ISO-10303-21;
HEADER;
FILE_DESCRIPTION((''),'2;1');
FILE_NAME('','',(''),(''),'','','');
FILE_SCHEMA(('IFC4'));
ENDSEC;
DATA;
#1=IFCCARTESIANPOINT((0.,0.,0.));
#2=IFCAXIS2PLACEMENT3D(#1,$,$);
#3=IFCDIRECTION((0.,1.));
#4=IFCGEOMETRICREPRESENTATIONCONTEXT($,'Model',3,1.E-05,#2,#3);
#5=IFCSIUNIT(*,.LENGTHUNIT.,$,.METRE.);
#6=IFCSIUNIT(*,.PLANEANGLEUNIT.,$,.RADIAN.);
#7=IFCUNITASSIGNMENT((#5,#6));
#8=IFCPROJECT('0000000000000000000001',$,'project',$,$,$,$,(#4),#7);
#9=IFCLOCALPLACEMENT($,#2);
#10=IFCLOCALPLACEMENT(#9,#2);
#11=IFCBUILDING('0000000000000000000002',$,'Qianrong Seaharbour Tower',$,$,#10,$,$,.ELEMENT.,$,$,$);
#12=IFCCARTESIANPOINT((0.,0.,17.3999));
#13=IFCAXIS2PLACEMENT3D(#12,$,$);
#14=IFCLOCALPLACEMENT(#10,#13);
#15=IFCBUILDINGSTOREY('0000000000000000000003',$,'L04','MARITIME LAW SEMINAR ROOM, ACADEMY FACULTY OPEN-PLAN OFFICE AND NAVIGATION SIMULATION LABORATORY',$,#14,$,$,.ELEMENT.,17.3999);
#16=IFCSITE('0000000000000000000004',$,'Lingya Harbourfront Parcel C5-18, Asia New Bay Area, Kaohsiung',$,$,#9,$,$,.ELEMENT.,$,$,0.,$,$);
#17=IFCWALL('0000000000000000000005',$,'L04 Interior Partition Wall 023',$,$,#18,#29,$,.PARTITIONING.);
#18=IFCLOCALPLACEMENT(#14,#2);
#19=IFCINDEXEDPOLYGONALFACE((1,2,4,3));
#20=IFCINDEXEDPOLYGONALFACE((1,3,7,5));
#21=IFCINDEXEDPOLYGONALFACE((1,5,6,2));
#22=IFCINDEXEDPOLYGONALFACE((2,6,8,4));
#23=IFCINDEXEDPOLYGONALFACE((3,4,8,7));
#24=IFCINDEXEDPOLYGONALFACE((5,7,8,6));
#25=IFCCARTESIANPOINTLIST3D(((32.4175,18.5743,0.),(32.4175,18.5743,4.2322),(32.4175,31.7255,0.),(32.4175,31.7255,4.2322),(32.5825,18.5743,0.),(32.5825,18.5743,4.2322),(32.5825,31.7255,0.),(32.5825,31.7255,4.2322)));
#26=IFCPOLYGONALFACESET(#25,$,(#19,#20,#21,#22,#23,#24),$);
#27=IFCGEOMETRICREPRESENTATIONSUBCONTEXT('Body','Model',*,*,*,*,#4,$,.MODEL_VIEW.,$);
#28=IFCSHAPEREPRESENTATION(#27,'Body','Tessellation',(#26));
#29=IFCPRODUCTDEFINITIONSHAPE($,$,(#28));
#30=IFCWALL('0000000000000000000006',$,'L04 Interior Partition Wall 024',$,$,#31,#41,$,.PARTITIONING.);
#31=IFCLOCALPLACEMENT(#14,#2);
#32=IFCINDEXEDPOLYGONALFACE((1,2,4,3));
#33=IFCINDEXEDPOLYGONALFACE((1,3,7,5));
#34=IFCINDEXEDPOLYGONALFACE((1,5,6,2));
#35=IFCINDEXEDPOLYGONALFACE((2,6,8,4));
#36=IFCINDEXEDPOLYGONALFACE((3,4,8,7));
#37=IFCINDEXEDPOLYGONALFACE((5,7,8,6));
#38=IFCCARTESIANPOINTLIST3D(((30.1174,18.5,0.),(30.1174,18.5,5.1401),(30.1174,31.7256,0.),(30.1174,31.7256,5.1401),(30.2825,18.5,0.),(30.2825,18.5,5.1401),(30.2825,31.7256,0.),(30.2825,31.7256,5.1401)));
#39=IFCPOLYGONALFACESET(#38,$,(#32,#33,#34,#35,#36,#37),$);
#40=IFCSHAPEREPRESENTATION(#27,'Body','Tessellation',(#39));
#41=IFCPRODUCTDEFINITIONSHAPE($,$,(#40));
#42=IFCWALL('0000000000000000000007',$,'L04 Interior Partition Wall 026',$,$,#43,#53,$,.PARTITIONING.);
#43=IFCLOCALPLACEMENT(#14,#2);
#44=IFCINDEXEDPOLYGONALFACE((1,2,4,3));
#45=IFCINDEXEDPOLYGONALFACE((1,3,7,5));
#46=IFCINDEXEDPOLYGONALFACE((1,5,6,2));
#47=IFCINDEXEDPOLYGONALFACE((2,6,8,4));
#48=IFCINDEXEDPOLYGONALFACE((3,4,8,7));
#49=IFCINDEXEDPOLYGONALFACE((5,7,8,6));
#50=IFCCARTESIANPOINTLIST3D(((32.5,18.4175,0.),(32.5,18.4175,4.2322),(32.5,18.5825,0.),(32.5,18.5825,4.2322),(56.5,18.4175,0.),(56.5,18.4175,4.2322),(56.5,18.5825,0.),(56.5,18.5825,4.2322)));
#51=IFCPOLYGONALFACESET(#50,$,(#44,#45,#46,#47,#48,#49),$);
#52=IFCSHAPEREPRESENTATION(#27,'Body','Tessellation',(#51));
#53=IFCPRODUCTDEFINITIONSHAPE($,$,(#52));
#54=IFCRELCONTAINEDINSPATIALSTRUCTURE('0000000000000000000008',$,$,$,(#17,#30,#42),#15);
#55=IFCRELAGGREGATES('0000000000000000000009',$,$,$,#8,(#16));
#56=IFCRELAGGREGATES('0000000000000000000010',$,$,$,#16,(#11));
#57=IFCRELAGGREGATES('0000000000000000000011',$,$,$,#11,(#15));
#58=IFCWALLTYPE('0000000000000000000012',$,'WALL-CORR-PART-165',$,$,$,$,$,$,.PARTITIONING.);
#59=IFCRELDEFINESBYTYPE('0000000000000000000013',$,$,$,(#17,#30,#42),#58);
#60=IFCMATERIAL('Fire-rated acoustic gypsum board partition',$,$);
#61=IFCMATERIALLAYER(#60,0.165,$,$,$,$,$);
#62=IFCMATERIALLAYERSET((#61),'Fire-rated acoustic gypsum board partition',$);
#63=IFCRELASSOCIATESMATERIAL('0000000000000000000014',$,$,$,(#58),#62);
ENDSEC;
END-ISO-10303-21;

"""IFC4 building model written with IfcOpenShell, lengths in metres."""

from ifc_helpers import new_model, si_unit, direction, frame, frame_2d, origin, place, context, subcontext, project, spatial, rectangle, extrude, material, layer, layer_set, type_object, element, save


model = new_model("IFC4")

# Units and contexts
model_context = context("Model", 3, precision=1e-05, world=origin(), true_north=direction((0.0, 1.0)))
body_context = subcontext(model_context, "Body", "Model", "MODEL_VIEW")
ifc_project = project(units=[si_unit("LENGTHUNIT", "METRE"), si_unit("PLANEANGLEUNIT", "RADIAN")], contexts=[model_context])

# Site, building, storey
site_placement = place(None, origin())
site = spatial("IfcSite", under=ifc_project, at=site_placement, Name="Lingya Harbourfront Parcel C5-18, Asia New Bay Area, Kaohsiung", CompositionType="ELEMENT", RefElevation=0.0)
building_placement = place(site_placement, origin())
building = spatial("IfcBuilding", under=site, at=building_placement, Name="Qianrong Seaharbour Tower", CompositionType="ELEMENT")
storey_placement = place(building_placement, frame((0.0, 0.0, 17.3999)))
storey = spatial("IfcBuildingStorey", under=building, at=storey_placement, Name="L04", Description="MARITIME LAW SEMINAR ROOM, ACADEMY FACULTY OPEN-PLAN OFFICE AND NAVIGATION SIMULATION LABORATORY", CompositionType="ELEMENT", Elevation=17.3999)

# Shared definitions
ifc_material_1 = material(Name="Fire-rated acoustic gypsum board partition")
ifc_layer = layer(ifc_material_1, 0.165)
ifc_layer_set = layer_set([ifc_layer], Name="Fire-rated acoustic gypsum board partition")
wall_type = type_object("IfcWallType", Name="WALL-CORR-PART-165", PredefinedType="PARTITIONING", material=ifc_layer_set)

# Walls
wall_1_placement = place(storey_placement, frame((32.5, 31.7256, 0.0), z_axis=(0.0, 0.0, 1.0), x_axis=(0.0, -1.0, 0.0)))
element("IfcWall", 1, at=wall_1_placement, inside=storey, type_object=wall_type, Name="L04 Interior Partition Wall 023", PredefinedType="PARTITIONING", context=body_context, shape_type="SweptSolid", body=[
    extrude(rectangle(XDim=13.1511, YDim=0.165, at=frame_2d((6.5757, 0.0))), origin(), (0.0, 0.0, 1.0), 4.2322),
])
wall_2_placement = place(storey_placement, frame((30.2, 18.5, 0.0), z_axis=(0.0, 0.0, 1.0), x_axis=(0.0, 1.0, 0.0)))
element("IfcWall", 2, at=wall_2_placement, inside=storey, type_object=wall_type, Name="L04 Interior Partition Wall 024", PredefinedType="PARTITIONING", context=body_context, shape_type="SweptSolid", body=[
    extrude(rectangle(XDim=13.2256, YDim=0.165, at=frame_2d((6.6128, 0.0))), origin(), (0.0, 0.0, 1.0), 5.1401),
])
wall_3_placement = place(storey_placement, frame((32.5, 18.5, 0.0), z_axis=(0.0, 0.0, 1.0), x_axis=(1.0, 0.0, 0.0)))
element("IfcWall", 3, at=wall_3_placement, inside=storey, type_object=wall_type, Name="L04 Interior Partition Wall 026", PredefinedType="PARTITIONING", context=body_context, shape_type="SweptSolid", body=[
    extrude(rectangle(XDim=24.0, YDim=0.165, at=frame_2d((12.0, 0.0))), origin(), (0.0, 0.0, 1.0), 4.2322),
])

save(model, "model.ifc")
